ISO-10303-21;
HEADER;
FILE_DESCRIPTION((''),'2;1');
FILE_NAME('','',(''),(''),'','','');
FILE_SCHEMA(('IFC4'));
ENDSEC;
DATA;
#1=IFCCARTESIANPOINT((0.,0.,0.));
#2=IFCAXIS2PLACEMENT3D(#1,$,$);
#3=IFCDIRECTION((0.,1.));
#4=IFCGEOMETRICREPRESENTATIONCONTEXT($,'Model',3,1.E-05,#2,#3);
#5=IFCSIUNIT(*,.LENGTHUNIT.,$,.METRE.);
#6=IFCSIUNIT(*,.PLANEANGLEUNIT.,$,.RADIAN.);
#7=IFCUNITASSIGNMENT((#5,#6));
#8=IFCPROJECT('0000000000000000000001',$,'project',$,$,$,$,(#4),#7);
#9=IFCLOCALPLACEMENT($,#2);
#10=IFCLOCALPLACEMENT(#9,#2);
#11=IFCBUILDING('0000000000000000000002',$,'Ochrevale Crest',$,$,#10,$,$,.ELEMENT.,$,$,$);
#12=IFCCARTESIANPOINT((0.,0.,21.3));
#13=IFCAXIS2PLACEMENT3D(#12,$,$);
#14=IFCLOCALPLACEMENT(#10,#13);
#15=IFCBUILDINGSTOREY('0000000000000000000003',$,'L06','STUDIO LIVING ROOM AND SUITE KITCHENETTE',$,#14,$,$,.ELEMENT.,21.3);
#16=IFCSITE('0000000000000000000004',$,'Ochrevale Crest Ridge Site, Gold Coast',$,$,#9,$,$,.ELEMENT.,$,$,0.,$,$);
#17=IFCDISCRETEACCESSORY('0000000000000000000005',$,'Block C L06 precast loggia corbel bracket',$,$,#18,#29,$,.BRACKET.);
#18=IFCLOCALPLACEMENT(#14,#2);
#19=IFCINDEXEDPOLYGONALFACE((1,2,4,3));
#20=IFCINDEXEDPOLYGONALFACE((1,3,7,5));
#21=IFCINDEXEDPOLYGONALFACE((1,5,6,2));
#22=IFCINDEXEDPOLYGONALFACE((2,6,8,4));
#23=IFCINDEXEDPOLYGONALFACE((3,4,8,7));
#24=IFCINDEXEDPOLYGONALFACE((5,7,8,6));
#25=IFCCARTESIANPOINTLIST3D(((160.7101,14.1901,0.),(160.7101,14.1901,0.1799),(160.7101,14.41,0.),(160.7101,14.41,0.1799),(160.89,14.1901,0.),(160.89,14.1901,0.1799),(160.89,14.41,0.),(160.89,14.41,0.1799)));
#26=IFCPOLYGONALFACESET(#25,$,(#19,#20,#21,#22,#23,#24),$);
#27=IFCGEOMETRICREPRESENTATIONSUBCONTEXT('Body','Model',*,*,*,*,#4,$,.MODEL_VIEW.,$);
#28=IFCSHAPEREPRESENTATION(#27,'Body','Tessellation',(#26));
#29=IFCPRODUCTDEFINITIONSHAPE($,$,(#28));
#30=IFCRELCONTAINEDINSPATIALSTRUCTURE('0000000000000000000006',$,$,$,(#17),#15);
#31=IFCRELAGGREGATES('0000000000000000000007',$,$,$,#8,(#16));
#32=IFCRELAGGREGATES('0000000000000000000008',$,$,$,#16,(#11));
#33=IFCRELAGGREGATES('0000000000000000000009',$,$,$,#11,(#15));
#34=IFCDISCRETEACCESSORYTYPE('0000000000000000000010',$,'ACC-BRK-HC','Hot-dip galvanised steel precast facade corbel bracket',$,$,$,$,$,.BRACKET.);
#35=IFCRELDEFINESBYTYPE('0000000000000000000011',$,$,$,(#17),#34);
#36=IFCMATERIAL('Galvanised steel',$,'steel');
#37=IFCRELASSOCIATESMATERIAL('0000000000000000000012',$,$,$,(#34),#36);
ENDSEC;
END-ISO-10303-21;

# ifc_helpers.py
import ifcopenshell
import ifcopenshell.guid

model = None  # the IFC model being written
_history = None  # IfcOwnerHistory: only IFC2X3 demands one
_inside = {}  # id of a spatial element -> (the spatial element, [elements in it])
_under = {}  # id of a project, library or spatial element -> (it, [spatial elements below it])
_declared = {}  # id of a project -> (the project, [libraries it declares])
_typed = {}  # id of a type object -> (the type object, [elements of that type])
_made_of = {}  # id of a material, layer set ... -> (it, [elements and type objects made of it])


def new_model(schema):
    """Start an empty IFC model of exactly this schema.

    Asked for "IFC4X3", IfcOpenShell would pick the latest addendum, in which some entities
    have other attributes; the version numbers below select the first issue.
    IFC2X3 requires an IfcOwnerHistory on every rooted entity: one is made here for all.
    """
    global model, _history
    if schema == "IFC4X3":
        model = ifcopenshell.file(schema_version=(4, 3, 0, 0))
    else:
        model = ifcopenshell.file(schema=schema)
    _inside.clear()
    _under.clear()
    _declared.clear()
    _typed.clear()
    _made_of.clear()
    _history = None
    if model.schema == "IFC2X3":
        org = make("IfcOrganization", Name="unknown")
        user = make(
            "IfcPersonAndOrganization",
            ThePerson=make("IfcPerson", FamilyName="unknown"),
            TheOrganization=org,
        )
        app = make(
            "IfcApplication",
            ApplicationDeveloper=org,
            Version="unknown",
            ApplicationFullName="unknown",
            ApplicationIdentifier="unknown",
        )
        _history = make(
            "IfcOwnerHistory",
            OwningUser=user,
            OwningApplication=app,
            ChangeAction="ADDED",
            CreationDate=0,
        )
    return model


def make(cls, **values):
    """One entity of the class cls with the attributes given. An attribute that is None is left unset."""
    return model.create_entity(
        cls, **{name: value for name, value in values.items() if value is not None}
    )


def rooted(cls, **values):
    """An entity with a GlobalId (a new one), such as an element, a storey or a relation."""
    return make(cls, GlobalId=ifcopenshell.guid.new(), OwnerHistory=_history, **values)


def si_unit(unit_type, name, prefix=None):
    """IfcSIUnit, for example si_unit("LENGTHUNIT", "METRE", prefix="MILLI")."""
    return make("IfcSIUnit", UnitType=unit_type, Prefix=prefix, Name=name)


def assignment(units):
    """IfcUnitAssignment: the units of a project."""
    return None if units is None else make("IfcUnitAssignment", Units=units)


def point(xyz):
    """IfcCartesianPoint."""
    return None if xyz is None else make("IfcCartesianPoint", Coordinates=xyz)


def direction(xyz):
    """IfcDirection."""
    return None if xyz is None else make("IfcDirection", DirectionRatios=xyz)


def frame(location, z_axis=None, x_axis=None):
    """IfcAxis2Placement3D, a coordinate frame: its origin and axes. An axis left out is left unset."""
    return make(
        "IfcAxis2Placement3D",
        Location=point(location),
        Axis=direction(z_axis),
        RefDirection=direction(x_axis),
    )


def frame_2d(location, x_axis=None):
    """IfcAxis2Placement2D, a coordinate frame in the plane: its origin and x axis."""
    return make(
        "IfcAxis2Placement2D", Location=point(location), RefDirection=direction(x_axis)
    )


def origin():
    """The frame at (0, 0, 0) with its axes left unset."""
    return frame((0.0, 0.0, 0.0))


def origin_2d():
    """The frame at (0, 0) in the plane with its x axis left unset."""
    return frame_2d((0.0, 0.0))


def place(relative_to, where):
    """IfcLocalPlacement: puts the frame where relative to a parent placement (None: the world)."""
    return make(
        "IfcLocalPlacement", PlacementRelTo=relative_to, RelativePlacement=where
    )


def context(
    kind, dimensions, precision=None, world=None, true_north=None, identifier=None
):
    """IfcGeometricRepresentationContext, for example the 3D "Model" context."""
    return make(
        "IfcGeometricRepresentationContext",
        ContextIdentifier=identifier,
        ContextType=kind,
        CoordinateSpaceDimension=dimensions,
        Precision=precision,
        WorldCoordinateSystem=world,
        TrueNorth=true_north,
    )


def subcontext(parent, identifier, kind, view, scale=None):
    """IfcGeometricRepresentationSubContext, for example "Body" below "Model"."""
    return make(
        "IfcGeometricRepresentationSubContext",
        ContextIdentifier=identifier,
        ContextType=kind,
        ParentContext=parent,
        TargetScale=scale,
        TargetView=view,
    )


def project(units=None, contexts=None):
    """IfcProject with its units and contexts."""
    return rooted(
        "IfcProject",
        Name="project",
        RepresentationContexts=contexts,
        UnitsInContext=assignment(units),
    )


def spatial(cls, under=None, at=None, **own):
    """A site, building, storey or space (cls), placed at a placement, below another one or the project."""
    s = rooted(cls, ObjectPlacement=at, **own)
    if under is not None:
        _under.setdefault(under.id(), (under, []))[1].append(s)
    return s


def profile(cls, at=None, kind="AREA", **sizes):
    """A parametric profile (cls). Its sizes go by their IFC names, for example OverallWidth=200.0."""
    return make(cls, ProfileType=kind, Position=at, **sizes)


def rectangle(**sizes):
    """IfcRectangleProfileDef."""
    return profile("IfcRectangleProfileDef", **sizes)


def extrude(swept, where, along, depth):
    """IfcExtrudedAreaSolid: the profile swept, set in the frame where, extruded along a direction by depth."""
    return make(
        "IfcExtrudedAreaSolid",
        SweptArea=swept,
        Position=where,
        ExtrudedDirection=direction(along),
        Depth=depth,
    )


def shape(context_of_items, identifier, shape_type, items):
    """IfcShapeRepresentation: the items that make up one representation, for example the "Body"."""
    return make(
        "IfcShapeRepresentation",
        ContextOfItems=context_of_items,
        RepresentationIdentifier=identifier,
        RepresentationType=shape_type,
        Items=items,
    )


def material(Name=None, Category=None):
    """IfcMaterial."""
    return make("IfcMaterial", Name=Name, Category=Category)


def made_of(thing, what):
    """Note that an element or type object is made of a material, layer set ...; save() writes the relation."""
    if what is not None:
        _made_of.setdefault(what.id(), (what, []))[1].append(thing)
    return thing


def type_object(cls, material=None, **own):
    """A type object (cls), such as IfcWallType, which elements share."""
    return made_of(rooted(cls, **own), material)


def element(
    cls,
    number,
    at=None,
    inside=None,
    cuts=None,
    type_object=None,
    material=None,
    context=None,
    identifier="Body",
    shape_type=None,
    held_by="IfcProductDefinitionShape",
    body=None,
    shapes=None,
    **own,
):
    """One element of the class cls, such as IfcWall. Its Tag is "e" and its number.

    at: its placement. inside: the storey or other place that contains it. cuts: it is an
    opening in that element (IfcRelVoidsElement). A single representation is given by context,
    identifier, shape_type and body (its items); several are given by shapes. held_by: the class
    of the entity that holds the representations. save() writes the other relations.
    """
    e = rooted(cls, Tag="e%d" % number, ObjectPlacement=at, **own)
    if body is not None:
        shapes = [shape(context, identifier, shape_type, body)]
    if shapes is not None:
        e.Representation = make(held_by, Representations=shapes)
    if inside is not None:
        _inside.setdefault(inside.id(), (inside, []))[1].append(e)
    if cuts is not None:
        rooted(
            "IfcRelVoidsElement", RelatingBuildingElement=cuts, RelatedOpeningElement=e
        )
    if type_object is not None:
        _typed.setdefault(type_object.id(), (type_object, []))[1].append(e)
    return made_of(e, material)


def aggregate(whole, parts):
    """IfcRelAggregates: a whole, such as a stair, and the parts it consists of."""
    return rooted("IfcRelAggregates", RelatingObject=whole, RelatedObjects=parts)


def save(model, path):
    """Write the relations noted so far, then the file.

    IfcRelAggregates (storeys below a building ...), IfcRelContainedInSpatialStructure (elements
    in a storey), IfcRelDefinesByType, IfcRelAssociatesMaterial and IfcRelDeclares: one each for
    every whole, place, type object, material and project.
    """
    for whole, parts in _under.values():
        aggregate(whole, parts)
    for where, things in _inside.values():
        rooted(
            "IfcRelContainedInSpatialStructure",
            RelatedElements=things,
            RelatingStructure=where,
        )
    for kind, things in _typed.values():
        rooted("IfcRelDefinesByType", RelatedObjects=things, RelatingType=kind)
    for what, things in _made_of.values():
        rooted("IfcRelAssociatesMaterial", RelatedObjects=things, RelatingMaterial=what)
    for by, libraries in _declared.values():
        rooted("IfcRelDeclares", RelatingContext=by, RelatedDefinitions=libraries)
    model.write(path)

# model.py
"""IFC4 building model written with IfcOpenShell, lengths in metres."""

from ifc_helpers import new_model, si_unit, direction, frame, origin, origin_2d, place, context, subcontext, project, spatial, rectangle, extrude, material, type_object, element, save


model = new_model("IFC4")

# Units and contexts
model_context = context("Model", 3, precision=1e-05, world=origin(), true_north=direction((0.0, 1.0)))
body_context = subcontext(model_context, "Body", "Model", "MODEL_VIEW")
ifc_project = project(units=[si_unit("LENGTHUNIT", "METRE"), si_unit("PLANEANGLEUNIT", "RADIAN")], contexts=[model_context])

# Site, building, storey
site_placement = place(None, origin())
site = spatial("IfcSite", under=ifc_project, at=site_placement, Name="Ochrevale Crest Ridge Site, Gold Coast", CompositionType="ELEMENT", RefElevation=0.0)
building_placement = place(site_placement, origin())
building = spatial("IfcBuilding", under=site, at=building_placement, Name="Ochrevale Crest", CompositionType="ELEMENT")
storey_placement = place(building_placement, frame((0.0, 0.0, 21.3)))
storey = spatial("IfcBuildingStorey", under=building, at=storey_placement, Name="L06", Description="STUDIO LIVING ROOM AND SUITE KITCHENETTE", CompositionType="ELEMENT", Elevation=21.3)

# Shared definitions
ifc_material_1 = material(Name="Galvanised steel", Category="steel")

# Discrete accessory
discrete_accessory_type = type_object("IfcDiscreteAccessoryType", Name="ACC-BRK-HC", Description="Hot-dip galvanised steel precast facade corbel bracket", PredefinedType="BRACKET", material=ifc_material_1)
discrete_accessory_placement = place(storey_placement, frame((160.8, 14.3, 0.0), z_axis=(0.0, 0.0, 1.0), x_axis=(1.0, 0.0, 0.0)))
element("IfcDiscreteAccessory", 1, at=discrete_accessory_placement, inside=storey, type_object=discrete_accessory_type, Name="Block C L06 precast loggia corbel bracket", PredefinedType="BRACKET", context=body_context, shape_type="SweptSolid", body=[
    extrude(rectangle(XDim=0.1799, YDim=0.22, at=origin_2d()), origin(), (0.0, 0.0, 1.0), 0.1799),
])

save(model, "model.ifc")
